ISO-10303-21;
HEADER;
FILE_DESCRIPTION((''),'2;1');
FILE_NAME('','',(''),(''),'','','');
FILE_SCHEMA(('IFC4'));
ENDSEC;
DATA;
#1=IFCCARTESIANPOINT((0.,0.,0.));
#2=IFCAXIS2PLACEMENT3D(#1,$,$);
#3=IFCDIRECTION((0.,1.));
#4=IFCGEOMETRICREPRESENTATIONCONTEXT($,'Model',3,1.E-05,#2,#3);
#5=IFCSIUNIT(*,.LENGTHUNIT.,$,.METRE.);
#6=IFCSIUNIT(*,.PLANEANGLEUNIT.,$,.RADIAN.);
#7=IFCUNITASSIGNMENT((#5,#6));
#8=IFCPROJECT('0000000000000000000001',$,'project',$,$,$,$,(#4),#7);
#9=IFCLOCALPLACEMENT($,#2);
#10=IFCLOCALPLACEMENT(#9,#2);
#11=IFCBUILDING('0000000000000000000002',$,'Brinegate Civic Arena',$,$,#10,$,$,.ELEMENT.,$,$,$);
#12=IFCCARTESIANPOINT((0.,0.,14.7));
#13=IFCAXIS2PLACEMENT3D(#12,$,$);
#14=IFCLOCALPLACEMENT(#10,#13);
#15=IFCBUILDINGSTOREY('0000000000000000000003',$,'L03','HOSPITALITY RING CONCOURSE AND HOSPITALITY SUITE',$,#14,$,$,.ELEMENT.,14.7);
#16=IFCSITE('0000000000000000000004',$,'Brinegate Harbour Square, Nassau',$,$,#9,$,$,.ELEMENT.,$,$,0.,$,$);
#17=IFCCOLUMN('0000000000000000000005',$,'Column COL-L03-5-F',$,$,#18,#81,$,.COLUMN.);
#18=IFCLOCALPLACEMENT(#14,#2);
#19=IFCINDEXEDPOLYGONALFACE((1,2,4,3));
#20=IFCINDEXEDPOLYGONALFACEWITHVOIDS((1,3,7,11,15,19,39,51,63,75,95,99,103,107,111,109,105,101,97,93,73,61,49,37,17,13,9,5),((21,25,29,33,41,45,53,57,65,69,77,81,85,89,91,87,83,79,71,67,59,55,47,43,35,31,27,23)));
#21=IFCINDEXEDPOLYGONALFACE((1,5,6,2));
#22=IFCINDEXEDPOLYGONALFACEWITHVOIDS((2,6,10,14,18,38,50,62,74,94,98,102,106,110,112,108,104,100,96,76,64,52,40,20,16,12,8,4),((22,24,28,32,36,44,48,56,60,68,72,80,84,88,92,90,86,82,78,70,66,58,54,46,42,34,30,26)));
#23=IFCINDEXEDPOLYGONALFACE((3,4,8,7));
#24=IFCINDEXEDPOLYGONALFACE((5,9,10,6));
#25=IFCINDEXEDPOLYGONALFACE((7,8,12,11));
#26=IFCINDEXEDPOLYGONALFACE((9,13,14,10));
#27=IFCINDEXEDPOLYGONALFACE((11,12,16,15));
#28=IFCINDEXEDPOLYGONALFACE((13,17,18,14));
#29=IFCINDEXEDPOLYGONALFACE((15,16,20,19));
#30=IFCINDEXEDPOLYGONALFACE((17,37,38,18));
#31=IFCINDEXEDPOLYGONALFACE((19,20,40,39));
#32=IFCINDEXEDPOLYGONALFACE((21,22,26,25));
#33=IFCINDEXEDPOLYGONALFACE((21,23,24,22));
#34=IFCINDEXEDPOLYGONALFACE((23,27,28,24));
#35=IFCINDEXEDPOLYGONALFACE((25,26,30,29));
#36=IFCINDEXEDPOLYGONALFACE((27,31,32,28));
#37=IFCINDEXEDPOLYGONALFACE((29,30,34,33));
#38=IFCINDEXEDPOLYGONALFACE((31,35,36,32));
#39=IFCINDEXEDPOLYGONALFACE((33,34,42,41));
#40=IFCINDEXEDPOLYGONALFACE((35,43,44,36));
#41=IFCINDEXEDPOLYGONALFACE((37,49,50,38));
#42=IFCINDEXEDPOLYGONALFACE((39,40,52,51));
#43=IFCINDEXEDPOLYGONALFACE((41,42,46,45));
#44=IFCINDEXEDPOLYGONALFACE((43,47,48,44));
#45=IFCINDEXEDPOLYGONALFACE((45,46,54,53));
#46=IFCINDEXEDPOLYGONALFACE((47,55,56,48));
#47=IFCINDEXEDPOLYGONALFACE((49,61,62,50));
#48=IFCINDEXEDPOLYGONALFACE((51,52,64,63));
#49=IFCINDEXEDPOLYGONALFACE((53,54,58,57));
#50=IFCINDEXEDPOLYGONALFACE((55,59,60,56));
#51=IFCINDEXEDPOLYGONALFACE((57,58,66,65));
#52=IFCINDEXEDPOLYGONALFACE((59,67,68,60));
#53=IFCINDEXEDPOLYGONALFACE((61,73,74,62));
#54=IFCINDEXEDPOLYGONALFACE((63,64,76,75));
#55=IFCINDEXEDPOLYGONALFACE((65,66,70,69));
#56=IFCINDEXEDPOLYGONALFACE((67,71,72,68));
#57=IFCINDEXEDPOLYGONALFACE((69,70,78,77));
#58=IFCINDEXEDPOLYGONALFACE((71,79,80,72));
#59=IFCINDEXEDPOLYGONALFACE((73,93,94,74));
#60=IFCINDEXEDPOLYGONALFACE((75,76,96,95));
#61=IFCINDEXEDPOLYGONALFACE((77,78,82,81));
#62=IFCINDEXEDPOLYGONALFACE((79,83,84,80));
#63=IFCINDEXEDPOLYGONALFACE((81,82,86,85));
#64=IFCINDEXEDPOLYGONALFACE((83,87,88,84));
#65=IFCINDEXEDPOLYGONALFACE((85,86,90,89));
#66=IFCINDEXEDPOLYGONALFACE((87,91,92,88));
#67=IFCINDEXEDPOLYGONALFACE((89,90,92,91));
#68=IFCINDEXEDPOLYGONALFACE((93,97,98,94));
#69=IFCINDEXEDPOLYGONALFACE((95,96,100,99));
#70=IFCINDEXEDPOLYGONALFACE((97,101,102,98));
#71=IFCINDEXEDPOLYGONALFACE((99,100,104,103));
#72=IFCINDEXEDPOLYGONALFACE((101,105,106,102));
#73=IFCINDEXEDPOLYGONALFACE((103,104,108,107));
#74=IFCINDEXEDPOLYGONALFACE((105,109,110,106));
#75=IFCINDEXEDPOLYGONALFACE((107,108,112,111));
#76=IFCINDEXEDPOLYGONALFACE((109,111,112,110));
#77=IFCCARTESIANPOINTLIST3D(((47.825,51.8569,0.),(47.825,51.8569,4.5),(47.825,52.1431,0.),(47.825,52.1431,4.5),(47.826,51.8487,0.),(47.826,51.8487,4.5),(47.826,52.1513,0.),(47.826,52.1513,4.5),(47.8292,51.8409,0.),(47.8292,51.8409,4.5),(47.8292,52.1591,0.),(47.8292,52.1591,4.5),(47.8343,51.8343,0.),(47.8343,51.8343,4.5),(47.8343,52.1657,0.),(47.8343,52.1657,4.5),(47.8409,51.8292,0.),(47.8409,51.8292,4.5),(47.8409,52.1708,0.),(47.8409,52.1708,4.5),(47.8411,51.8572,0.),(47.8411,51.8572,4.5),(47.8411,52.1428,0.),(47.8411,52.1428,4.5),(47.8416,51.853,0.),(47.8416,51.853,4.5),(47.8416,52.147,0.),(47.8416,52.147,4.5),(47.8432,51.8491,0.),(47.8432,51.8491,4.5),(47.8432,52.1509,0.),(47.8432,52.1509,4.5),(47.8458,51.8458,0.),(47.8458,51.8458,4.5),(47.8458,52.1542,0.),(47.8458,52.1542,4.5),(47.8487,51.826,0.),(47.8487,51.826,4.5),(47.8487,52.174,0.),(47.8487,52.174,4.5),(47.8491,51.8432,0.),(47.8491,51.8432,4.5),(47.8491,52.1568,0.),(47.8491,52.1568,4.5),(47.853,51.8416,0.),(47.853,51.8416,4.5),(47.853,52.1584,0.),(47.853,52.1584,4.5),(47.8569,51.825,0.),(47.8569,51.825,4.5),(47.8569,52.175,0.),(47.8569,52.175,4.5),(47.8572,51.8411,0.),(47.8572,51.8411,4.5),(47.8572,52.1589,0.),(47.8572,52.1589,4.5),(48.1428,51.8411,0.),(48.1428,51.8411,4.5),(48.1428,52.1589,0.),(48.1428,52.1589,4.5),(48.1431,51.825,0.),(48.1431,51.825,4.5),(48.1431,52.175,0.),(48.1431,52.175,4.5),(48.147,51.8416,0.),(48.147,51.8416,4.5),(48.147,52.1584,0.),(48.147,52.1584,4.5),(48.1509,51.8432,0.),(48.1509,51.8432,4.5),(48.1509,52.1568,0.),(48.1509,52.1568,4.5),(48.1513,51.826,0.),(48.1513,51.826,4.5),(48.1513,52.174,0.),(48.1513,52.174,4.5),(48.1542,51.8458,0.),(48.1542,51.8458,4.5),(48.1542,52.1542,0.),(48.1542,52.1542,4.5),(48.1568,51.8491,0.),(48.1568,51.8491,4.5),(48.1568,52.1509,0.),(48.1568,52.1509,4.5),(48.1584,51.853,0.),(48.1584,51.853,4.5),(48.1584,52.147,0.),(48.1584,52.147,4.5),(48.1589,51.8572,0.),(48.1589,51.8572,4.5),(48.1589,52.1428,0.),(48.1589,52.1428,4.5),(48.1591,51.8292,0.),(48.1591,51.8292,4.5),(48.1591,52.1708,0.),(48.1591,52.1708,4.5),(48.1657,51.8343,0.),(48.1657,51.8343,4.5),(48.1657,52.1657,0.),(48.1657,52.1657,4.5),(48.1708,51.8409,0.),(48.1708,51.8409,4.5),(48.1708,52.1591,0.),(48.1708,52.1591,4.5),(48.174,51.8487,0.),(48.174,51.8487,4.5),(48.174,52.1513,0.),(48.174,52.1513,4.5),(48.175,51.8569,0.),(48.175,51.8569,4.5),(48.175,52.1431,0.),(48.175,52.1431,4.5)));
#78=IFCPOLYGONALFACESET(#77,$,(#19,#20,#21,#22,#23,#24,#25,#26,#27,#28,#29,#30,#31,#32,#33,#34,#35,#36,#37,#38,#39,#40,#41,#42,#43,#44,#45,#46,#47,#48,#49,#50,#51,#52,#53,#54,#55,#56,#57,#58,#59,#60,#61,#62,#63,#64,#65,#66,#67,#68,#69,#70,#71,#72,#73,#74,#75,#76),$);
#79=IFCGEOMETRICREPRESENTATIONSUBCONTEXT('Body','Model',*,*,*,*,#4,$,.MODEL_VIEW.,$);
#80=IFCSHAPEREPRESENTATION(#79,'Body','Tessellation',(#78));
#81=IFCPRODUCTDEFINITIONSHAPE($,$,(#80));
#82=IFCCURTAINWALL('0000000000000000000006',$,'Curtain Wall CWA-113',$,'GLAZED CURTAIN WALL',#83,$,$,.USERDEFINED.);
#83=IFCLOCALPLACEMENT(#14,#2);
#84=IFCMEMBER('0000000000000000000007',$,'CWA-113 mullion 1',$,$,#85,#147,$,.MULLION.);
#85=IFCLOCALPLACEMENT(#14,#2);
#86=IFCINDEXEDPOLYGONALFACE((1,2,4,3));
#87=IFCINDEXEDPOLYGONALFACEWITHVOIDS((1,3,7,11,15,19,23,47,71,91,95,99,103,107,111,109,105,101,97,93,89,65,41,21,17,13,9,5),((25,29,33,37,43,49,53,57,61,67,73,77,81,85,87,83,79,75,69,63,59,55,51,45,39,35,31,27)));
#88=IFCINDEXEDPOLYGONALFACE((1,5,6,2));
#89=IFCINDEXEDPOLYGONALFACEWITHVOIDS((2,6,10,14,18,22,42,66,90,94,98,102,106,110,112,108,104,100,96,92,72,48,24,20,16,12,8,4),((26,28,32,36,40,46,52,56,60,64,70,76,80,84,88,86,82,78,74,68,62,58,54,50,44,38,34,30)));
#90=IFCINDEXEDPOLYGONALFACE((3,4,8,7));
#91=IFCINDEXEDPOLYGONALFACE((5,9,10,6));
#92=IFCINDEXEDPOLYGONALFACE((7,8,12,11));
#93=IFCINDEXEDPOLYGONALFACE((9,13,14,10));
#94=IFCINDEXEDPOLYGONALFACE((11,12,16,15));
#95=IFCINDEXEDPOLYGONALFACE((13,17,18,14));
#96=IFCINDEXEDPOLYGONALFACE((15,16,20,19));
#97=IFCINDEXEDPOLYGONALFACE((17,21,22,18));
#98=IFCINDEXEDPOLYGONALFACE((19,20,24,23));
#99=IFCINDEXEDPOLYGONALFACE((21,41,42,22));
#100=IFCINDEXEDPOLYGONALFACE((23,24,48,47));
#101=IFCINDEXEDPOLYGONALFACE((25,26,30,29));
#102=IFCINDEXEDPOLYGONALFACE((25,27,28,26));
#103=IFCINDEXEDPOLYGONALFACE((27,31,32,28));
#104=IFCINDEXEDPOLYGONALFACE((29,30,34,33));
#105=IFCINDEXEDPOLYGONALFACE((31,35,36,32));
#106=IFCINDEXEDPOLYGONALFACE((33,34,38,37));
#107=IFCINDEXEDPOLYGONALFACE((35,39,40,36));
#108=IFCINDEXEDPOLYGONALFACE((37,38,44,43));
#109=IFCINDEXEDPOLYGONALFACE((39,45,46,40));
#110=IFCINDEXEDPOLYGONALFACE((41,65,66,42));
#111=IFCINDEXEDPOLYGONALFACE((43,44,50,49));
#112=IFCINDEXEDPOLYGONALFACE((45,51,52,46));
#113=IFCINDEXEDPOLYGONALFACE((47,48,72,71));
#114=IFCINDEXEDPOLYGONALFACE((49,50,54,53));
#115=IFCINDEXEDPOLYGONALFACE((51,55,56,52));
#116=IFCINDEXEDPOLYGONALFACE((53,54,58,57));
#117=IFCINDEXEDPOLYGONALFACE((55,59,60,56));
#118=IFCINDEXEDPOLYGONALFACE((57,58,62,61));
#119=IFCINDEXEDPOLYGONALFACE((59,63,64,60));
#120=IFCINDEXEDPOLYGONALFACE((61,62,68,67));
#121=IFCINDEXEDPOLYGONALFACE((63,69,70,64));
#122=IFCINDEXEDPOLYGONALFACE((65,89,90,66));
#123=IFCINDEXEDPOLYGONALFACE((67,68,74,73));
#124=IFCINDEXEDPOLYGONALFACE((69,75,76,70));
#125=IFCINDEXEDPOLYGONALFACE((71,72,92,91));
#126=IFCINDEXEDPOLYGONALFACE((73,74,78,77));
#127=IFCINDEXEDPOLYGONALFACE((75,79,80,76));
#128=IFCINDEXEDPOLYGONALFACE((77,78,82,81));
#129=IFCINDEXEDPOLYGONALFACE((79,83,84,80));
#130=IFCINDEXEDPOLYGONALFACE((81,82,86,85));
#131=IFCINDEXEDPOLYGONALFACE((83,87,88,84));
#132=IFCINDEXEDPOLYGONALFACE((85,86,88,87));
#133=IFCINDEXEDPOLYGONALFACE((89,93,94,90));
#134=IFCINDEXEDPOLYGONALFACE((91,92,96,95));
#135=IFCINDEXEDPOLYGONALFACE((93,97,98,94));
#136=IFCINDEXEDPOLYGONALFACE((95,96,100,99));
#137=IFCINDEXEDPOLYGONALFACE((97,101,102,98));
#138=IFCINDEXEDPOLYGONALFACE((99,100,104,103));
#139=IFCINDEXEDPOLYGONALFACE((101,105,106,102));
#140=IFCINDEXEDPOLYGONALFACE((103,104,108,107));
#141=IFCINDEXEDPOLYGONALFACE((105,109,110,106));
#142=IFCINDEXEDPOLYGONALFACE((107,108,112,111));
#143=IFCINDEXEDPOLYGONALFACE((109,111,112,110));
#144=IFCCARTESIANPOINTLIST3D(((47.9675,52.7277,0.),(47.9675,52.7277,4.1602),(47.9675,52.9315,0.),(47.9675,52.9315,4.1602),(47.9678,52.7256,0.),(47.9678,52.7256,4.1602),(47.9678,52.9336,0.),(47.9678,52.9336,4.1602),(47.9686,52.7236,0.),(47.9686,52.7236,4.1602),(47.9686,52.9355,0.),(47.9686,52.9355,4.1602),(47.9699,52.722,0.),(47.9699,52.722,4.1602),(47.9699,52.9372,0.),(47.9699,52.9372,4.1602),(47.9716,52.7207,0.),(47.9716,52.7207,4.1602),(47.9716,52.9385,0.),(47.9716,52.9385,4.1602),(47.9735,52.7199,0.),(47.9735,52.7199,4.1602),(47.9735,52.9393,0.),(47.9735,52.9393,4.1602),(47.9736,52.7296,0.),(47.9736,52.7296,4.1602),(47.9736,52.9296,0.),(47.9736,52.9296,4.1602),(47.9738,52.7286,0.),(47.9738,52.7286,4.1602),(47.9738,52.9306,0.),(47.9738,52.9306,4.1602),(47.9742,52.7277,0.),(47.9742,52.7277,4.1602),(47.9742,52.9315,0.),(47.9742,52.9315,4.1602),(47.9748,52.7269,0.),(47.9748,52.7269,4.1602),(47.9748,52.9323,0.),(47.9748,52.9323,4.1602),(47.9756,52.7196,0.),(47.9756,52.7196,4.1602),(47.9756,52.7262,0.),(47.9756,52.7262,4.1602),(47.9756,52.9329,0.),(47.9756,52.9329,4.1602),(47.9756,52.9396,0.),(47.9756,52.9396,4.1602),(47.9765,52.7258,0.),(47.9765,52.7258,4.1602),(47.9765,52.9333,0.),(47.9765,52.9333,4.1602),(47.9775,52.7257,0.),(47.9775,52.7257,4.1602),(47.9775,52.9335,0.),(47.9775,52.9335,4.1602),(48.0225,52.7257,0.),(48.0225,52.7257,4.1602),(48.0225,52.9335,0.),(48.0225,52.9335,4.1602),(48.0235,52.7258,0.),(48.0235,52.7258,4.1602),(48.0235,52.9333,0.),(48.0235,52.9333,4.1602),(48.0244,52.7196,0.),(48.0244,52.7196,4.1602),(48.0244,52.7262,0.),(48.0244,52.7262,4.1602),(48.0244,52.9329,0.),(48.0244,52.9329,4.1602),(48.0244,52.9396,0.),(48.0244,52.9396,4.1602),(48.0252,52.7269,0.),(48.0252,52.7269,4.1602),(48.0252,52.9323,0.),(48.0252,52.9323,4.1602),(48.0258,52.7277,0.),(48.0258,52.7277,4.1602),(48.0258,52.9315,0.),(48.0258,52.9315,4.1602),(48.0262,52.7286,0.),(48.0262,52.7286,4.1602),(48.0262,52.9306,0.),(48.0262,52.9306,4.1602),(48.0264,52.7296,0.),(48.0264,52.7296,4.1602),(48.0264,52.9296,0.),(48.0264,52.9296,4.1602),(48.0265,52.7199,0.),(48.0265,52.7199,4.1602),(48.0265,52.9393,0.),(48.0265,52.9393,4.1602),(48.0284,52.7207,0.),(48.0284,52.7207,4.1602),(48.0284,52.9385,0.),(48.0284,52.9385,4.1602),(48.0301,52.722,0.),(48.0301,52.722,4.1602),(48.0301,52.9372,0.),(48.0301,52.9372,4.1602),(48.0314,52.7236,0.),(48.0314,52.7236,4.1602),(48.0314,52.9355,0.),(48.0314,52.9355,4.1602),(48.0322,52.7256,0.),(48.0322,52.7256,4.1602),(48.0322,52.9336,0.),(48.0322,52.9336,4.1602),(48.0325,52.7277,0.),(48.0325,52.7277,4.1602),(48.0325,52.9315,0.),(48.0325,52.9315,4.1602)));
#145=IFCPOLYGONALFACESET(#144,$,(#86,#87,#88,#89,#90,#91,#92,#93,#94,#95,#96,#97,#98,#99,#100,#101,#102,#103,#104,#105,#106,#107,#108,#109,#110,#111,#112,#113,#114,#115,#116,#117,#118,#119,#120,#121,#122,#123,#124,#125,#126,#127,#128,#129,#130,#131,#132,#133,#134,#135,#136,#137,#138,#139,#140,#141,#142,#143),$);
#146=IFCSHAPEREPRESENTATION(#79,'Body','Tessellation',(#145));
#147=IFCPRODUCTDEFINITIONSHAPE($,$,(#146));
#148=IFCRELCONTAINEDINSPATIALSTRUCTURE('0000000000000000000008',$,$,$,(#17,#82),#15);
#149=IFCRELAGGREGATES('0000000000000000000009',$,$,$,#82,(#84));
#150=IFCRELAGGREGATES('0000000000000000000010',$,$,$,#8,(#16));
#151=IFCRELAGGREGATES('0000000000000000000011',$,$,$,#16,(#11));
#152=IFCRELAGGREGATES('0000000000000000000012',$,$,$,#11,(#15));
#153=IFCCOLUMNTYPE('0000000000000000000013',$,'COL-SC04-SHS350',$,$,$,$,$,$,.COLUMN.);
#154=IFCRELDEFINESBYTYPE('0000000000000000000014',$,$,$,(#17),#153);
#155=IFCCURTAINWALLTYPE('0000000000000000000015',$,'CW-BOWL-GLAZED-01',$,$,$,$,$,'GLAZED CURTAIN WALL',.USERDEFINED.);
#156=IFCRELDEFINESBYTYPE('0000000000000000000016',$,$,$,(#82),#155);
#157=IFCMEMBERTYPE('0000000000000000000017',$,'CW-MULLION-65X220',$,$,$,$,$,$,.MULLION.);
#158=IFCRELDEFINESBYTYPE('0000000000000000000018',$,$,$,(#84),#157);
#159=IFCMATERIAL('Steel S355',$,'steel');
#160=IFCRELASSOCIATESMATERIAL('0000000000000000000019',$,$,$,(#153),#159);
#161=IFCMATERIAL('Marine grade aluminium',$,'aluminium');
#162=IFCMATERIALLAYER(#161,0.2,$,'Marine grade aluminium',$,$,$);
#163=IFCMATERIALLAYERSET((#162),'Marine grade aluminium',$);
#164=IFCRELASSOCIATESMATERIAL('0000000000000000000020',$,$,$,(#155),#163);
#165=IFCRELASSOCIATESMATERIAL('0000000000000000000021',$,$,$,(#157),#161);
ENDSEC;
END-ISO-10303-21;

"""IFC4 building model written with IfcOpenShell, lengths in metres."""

from ifc_helpers import new_model, si_unit, direction, frame, origin, origin_2d, place, context, subcontext, project, spatial, hollow_rectangle, extrude, material, layer, layer_set, material_profile, profile_set, type_object, element, aggregate, save


model = new_model("IFC4")

# Units and contexts
model_context = context("Model", 3, precision=1e-05, world=origin(), true_north=direction((0.0, 1.0)))
body_context = subcontext(model_context, "Body", "Model", "MODEL_VIEW")
ifc_project = project(units=[si_unit("LENGTHUNIT", "METRE"), si_unit("PLANEANGLEUNIT", "RADIAN")], contexts=[model_context])

# Site, building, storey
site_placement = place(None, origin())
site = spatial("IfcSite", under=ifc_project, at=site_placement, Name="Brinegate Harbour Square, Nassau", CompositionType="ELEMENT", RefElevation=0.0)
building_placement = place(site_placement, origin())
building = spatial("IfcBuilding", under=site, at=building_placement, Name="Brinegate Civic Arena", CompositionType="ELEMENT")
storey_placement = place(building_placement, frame((0.0, 0.0, 14.7)))
storey = spatial("IfcBuildingStorey", under=building, at=storey_placement, Name="L03", Description="HOSPITALITY RING CONCOURSE AND HOSPITALITY SUITE", CompositionType="ELEMENT", Elevation=14.7)

# Column
ifc_material_1 = material(Name="Steel S355", Category="steel")
ifc_material_profile_1 = material_profile(ifc_material_1, hollow_rectangle(XDim=0.3501, YDim=0.3501, WallThickness=0.0161, InnerFilletRadius=0.0161, OuterFilletRadius=0.032, at=origin_2d()), Name="SHS350X16")
ifc_profile_set_1 = profile_set([ifc_material_profile_1], Name="Steel S355")
column_type = type_object("IfcColumnType", Name="COL-SC04-SHS350", PredefinedType="COLUMN", material=ifc_profile_set_1)
column_placement = place(storey_placement, frame((48.0, 52.0, 0.0), z_axis=(0.0, 0.0, 1.0), x_axis=(1.0, 0.0, 0.0)))
element("IfcColumn", 1, at=column_placement, inside=storey, type_object=column_type, Name="Column COL-L03-5-F", PredefinedType="COLUMN", context=body_context, shape_type="SweptSolid", body=[
    extrude(hollow_rectangle(XDim=0.3501, YDim=0.3501, WallThickness=0.0161, InnerFilletRadius=0.0161, OuterFilletRadius=0.032, at=origin_2d()), origin(), (0.0, 0.0, 1.0), 4.5),
])

# Curtain wall, member
ifc_material_2 = material(Name="Marine grade aluminium", Category="aluminium")
ifc_layer_1 = layer(ifc_material_2, 0.2, Name="Marine grade aluminium")
ifc_layer_set_1 = layer_set([ifc_layer_1], Name="Marine grade aluminium")
curtain_wall_type_1 = type_object("IfcCurtainWallType", Name="CW-BOWL-GLAZED-01", ElementType="GLAZED CURTAIN WALL", PredefinedType="USERDEFINED", material=ifc_layer_set_1)
curtain_wall_1_placement = place(storey_placement, origin())
curtain_wall_1 = element("IfcCurtainWall", 2, at=curtain_wall_1_placement, inside=storey, type_object=curtain_wall_type_1, Name="Curtain Wall CWA-113", ObjectType="GLAZED CURTAIN WALL", PredefinedType="USERDEFINED")
ifc_material_profile_2 = material_profile(ifc_material_2, hollow_rectangle(XDim=0.0649, YDim=0.22, WallThickness=0.0061, InnerFilletRadius=0.0039, OuterFilletRadius=0.0081, at=origin_2d()), Name="MUL65X220")
ifc_profile_set_2 = profile_set([ifc_material_profile_2], Name="Marine grade aluminium")
member_type_1 = type_object("IfcMemberType", Name="CW-MULLION-65X220", PredefinedType="MULLION", material=ifc_profile_set_2)
member_1_placement = place(storey_placement, frame((48.0, 52.8296, 0.0), z_axis=(0.0, 0.0, 1.0), x_axis=(-1.0, 0.0, 0.0)))
member_1 = element("IfcMember", 3, at=member_1_placement, type_object=member_type_1, Name="CWA-113 mullion 1", PredefinedType="MULLION", context=body_context, shape_type="SweptSolid", body=[
    extrude(hollow_rectangle(XDim=0.0649, YDim=0.22, WallThickness=0.0061, InnerFilletRadius=0.0039, OuterFilletRadius=0.0081, at=origin_2d()), origin(), (0.0, 0.0, 1.0), 4.1602),
])

aggregate(curtain_wall_1, [member_1])

save(model, "model.ifc")
